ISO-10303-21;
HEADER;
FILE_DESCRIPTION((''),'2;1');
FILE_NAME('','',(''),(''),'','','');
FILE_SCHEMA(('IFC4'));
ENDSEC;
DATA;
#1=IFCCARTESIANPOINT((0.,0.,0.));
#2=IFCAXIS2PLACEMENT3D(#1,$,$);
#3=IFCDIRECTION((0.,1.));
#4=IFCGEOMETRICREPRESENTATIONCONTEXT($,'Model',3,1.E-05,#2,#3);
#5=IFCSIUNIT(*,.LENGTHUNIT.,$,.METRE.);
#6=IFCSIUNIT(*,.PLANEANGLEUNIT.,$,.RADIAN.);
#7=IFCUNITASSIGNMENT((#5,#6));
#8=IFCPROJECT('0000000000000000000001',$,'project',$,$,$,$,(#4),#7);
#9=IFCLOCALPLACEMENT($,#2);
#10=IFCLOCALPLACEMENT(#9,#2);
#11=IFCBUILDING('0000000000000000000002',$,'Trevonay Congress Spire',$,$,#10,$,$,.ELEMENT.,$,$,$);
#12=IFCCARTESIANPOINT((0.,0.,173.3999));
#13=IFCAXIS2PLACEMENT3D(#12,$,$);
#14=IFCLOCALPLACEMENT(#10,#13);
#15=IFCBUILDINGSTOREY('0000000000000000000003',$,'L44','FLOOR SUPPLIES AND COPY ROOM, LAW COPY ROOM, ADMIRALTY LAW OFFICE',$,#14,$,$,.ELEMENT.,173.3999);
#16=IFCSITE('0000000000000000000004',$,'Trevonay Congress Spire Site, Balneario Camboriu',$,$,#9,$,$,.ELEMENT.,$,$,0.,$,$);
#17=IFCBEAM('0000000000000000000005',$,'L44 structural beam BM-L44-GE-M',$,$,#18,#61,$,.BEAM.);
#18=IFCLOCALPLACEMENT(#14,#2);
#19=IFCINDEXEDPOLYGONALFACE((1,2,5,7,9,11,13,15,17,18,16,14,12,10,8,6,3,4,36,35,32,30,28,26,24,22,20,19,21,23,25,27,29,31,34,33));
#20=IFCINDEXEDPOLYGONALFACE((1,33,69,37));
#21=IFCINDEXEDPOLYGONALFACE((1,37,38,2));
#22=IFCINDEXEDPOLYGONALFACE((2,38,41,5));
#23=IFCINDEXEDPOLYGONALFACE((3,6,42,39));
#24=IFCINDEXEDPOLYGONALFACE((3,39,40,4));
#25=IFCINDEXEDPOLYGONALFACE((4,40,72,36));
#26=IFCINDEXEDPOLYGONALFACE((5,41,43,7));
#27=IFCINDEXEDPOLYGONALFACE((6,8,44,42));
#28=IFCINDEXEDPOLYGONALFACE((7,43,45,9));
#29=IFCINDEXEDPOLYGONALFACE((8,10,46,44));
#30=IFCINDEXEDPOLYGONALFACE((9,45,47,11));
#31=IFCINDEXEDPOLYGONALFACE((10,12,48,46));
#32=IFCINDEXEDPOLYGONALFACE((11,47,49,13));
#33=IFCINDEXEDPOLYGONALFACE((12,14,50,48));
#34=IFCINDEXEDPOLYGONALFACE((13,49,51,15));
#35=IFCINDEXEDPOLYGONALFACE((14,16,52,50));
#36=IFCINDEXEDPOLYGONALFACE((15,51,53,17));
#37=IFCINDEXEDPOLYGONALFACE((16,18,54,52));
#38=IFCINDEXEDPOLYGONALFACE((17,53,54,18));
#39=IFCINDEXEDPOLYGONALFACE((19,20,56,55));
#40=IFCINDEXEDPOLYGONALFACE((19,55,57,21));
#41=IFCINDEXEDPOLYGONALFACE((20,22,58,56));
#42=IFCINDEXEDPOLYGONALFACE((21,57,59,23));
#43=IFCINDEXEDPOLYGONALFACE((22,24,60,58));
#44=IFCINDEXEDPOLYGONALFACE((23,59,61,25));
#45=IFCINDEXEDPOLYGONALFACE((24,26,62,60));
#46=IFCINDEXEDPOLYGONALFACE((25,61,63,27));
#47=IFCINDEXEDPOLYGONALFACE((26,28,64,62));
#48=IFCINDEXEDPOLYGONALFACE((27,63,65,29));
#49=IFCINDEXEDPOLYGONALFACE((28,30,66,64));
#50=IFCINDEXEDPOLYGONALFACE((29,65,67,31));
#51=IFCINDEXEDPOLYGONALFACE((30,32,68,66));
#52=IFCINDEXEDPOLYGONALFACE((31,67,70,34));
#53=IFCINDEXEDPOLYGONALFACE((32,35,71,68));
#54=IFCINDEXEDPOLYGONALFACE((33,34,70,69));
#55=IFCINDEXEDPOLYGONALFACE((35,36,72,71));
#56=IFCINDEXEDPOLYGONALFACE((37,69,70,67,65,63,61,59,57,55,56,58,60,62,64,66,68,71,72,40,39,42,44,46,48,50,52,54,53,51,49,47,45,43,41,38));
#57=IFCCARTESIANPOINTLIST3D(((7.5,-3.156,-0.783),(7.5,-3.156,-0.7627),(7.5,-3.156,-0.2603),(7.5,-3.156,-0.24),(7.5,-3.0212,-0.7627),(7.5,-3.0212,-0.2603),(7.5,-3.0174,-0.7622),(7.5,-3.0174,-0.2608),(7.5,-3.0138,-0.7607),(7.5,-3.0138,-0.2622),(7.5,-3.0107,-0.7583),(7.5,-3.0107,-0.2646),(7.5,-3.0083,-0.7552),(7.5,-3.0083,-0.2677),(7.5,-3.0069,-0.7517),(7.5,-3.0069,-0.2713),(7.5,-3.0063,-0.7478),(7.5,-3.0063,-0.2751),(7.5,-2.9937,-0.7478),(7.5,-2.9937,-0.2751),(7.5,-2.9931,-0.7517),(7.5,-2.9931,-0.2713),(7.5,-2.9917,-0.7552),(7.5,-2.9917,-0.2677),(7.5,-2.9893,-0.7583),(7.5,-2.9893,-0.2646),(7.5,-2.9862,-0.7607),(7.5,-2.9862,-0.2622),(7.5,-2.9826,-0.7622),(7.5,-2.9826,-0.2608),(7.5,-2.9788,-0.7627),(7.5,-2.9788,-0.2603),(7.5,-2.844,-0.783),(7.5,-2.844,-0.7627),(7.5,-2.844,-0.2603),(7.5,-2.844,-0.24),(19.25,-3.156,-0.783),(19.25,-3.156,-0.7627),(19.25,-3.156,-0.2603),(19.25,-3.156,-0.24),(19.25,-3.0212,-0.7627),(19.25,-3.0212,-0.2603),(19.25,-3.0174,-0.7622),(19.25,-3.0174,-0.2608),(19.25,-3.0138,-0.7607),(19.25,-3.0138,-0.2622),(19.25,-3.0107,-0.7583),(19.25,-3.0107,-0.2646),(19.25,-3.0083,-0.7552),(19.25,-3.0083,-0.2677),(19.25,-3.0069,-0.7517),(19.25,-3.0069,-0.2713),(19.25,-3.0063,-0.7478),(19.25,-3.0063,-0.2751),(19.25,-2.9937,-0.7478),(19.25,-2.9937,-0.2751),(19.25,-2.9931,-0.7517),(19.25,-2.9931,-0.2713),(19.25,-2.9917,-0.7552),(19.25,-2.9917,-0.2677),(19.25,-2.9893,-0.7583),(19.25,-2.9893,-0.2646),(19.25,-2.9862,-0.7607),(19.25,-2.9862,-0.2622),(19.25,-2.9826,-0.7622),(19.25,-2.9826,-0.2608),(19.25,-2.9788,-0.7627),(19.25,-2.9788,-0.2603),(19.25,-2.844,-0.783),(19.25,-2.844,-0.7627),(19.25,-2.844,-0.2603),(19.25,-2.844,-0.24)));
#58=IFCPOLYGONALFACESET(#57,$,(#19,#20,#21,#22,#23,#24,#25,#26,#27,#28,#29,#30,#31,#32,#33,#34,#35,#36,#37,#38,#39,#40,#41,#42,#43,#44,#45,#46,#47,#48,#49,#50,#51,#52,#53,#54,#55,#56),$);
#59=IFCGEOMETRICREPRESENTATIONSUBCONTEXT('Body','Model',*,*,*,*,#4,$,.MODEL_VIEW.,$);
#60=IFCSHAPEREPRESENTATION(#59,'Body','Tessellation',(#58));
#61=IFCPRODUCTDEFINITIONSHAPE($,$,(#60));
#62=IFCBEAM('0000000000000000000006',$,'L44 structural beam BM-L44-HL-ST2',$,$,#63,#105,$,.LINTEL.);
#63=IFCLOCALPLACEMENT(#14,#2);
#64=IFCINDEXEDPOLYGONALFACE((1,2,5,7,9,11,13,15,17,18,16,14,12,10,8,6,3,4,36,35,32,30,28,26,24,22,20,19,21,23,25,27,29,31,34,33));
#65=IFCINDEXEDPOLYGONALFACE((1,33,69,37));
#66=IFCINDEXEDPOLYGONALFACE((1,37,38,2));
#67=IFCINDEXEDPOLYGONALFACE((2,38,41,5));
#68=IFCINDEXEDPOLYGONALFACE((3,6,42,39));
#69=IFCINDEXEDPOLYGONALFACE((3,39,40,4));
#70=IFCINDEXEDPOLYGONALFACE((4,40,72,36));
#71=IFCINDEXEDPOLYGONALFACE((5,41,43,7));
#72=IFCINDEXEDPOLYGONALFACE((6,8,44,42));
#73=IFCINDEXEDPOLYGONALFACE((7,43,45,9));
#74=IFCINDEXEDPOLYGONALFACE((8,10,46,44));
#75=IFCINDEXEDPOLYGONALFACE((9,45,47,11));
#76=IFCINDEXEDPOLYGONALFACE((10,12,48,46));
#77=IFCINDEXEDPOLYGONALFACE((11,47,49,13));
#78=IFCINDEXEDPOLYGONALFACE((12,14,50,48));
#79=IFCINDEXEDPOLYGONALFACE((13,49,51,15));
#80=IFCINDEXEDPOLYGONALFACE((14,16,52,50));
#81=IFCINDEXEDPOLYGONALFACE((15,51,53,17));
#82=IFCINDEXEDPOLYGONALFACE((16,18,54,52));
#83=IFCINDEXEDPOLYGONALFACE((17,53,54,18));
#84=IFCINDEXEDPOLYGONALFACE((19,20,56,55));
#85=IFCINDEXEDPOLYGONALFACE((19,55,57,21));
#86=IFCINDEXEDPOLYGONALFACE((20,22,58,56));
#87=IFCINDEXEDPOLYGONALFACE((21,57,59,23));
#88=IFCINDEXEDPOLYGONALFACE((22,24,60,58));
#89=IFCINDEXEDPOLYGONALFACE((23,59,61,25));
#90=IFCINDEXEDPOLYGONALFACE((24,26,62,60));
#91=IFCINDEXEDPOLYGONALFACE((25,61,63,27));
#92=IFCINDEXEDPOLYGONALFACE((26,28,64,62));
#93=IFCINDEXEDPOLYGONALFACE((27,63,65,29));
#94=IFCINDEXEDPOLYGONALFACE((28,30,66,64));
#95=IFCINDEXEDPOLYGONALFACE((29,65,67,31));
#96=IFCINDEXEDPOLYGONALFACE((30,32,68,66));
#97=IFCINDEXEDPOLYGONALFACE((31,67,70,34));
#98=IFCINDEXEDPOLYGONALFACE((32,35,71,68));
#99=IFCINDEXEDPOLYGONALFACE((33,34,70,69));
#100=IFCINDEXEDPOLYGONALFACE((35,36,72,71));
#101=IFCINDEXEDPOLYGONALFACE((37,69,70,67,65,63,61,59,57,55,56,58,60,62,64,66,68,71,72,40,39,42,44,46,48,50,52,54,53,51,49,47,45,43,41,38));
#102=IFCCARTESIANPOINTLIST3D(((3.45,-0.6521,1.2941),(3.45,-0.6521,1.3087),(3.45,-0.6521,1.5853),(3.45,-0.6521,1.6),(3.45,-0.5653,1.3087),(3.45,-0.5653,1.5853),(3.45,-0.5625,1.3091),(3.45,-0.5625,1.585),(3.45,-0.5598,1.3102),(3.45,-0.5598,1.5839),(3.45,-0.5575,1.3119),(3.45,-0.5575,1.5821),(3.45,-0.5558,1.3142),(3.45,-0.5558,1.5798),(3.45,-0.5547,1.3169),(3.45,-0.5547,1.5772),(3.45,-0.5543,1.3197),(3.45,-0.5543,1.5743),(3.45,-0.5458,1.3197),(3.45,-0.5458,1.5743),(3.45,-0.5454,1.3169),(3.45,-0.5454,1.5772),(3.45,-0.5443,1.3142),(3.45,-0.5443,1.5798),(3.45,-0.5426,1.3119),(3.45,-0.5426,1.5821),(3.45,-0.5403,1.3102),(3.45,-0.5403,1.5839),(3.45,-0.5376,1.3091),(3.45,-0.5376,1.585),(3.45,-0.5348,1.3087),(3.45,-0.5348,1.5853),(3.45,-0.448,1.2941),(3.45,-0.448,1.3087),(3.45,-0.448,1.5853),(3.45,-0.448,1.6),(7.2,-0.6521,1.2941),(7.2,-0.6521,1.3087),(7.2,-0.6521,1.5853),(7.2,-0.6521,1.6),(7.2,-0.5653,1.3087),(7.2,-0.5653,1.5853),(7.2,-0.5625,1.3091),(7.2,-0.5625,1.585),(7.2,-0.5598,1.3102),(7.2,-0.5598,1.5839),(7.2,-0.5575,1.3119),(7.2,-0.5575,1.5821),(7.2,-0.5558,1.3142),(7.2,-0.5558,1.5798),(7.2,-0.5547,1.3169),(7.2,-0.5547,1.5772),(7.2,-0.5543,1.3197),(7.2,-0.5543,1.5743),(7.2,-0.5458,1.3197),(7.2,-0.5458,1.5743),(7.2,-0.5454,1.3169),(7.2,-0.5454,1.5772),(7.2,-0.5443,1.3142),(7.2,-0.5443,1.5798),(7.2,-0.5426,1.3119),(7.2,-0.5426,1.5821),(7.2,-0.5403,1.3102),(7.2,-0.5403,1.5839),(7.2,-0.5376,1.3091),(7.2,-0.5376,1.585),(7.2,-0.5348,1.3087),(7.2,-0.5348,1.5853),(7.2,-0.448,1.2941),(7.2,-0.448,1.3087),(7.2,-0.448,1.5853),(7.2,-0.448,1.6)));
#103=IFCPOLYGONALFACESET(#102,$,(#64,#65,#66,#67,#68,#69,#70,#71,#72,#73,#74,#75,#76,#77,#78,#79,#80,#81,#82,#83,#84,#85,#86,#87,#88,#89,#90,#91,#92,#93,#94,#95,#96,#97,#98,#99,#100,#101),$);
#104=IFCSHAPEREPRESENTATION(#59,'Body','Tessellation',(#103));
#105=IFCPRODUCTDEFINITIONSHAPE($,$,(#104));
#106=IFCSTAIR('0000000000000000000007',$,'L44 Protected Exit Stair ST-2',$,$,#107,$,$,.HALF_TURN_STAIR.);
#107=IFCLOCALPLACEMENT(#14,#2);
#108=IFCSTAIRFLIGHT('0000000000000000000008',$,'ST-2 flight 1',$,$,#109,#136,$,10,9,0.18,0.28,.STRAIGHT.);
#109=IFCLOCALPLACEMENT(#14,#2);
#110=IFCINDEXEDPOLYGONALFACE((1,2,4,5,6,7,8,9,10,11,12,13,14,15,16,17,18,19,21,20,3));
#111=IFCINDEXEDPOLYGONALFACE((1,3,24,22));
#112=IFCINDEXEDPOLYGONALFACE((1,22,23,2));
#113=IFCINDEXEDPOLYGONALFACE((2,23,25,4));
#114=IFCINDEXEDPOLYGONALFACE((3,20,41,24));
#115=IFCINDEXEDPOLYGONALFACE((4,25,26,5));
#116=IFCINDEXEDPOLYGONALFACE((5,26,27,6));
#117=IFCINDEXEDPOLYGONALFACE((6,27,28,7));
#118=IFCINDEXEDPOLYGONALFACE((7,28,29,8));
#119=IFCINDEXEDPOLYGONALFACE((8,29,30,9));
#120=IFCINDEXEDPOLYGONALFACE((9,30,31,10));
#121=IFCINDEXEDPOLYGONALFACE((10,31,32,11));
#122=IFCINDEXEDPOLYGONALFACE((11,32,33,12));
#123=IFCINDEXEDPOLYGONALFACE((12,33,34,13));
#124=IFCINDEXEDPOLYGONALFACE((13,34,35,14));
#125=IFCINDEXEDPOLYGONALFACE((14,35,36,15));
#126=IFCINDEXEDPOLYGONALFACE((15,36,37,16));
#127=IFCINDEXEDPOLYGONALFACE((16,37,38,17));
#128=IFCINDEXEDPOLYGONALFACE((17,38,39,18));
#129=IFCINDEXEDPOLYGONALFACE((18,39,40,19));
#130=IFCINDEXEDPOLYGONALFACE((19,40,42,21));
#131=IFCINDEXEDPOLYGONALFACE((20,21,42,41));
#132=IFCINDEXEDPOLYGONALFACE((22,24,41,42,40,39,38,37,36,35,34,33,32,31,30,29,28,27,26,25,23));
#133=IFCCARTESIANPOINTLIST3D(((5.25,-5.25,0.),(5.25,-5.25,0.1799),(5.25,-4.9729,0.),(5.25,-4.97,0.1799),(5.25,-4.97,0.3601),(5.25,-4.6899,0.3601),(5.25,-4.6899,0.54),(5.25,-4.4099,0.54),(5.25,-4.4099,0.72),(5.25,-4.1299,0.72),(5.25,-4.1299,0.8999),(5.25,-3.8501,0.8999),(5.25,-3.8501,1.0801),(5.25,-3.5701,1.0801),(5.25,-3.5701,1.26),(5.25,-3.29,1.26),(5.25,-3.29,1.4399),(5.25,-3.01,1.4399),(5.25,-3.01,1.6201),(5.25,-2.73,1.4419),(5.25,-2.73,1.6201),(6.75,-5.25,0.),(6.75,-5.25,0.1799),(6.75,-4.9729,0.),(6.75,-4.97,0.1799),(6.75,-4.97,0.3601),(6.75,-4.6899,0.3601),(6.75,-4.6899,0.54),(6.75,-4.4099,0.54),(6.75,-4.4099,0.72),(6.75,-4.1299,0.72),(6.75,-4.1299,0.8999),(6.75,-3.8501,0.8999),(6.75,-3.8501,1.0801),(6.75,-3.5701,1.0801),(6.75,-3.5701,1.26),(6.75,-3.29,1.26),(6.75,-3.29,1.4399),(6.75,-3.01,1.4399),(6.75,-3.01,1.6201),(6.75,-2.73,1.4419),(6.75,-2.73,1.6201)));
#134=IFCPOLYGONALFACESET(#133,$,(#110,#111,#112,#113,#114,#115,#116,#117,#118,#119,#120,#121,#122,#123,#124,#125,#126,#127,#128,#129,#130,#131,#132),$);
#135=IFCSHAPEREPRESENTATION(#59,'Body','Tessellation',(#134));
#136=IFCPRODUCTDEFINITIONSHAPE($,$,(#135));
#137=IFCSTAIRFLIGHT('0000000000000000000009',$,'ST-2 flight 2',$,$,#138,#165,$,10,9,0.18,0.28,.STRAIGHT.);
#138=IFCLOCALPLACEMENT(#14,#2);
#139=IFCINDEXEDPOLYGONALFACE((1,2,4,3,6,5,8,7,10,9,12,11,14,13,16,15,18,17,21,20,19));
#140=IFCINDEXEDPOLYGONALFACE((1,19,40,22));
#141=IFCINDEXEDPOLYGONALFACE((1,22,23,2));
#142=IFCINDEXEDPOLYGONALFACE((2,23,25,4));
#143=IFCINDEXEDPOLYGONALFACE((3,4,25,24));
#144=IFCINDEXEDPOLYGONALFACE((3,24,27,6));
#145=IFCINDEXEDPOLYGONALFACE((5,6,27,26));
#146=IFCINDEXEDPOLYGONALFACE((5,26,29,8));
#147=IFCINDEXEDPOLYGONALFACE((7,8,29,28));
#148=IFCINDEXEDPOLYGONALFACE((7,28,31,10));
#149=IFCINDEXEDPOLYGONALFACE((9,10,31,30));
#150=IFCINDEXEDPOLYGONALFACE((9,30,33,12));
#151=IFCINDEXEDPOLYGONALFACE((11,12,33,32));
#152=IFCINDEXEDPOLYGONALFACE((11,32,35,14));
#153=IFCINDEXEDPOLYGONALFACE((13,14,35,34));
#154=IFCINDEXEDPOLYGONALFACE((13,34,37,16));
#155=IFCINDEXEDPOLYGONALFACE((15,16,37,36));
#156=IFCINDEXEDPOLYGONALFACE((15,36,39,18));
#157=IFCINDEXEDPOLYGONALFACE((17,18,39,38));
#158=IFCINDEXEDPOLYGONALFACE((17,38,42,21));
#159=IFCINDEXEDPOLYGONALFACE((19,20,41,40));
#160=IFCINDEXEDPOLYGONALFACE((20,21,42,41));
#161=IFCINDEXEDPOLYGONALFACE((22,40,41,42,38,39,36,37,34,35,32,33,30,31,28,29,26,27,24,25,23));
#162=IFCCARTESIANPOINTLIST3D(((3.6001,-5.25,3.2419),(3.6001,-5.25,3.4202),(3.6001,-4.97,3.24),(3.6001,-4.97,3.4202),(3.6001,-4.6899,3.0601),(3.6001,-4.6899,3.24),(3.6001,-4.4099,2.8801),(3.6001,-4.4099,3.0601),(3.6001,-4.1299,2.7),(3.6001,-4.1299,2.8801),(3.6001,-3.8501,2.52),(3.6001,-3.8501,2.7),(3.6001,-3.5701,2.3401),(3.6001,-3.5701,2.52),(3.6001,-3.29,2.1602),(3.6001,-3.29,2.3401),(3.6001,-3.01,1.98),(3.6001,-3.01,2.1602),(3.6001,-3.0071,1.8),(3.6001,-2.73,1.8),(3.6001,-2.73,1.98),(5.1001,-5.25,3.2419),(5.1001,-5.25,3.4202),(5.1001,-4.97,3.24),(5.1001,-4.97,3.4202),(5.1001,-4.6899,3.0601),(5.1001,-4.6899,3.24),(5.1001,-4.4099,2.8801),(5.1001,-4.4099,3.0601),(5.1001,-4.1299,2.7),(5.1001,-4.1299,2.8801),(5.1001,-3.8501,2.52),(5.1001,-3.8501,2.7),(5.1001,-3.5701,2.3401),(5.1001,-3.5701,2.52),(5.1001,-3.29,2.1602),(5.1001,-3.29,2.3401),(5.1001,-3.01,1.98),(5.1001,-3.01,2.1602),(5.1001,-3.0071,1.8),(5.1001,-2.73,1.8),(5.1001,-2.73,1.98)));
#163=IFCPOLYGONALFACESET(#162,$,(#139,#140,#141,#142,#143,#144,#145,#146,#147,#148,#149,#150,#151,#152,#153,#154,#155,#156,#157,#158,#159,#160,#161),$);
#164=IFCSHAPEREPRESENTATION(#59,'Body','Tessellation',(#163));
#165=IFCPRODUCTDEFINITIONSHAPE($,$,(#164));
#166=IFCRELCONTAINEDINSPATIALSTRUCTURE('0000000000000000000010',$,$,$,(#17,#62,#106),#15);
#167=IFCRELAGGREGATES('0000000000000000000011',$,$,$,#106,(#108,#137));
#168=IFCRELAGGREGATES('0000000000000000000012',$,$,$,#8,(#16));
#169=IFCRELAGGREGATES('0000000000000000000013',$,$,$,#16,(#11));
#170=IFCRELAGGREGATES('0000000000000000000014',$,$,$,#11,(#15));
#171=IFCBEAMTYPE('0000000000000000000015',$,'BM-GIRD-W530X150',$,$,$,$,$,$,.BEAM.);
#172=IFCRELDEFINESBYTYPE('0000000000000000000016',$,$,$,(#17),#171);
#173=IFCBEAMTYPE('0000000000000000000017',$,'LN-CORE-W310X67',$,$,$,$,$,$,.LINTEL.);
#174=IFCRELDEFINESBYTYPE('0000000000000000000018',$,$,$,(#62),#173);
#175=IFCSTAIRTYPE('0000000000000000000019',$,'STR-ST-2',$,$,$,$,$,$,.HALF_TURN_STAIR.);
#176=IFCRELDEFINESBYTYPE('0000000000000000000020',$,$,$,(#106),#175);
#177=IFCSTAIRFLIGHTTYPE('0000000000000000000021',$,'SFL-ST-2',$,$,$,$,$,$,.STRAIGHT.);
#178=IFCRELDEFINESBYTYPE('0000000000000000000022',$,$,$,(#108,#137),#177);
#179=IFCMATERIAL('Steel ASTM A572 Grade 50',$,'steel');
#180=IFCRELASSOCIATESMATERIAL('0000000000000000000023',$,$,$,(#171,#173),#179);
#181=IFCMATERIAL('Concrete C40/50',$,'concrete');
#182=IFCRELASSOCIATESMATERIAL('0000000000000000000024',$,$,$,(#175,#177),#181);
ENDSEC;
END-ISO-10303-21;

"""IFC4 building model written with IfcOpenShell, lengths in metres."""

from ifc_helpers import new_model, si_unit, direction, frame, origin, origin_2d, place, context, subcontext, project, spatial, polyline, i_section, outline, extrude, material, material_profile, profile_set, type_object, element, aggregate, save


model = new_model("IFC4")

# Units and contexts
model_context = context("Model", 3, precision=1e-05, world=origin(), true_north=direction((0.0, 1.0)))
body_context = subcontext(model_context, "Body", "Model", "MODEL_VIEW")
ifc_project = project(units=[si_unit("LENGTHUNIT", "METRE"), si_unit("PLANEANGLEUNIT", "RADIAN")], contexts=[model_context])

# Site, building, storey
site_placement = place(None, origin())
site = spatial("IfcSite", under=ifc_project, at=site_placement, Name="Trevonay Congress Spire Site, Balneario Camboriu", CompositionType="ELEMENT", RefElevation=0.0)
building_placement = place(site_placement, origin())
building = spatial("IfcBuilding", under=site, at=building_placement, Name="Trevonay Congress Spire", CompositionType="ELEMENT")
storey_placement = place(building_placement, frame((0.0, 0.0, 173.3999)))
storey = spatial("IfcBuildingStorey", under=building, at=storey_placement, Name="L44", Description="FLOOR SUPPLIES AND COPY ROOM, LAW COPY ROOM, ADMIRALTY LAW OFFICE", CompositionType="ELEMENT", Elevation=173.3999)

# Beams
ifc_material_1 = material(Name="Steel ASTM A572 Grade 50", Category="steel")
ifc_material_profile_1 = material_profile(ifc_material_1, i_section(OverallWidth=0.312, OverallDepth=0.543, WebThickness=0.0127, FlangeThickness=0.0203, FilletRadius=0.0149, at=origin_2d()), Name="W530x150")
ifc_profile_set_1 = profile_set([ifc_material_profile_1], Name="Steel ASTM A572 Grade 50")
beam_type_1 = type_object("IfcBeamType", Name="BM-GIRD-W530X150", PredefinedType="BEAM", material=ifc_profile_set_1)
beam_1_placement = place(storey_placement, frame((7.5, -3.0, -0.5115), z_axis=(1.0, 0.0, 0.0), x_axis=(0.0, 1.0, 0.0)))
element("IfcBeam", 1, at=beam_1_placement, inside=storey, type_object=beam_type_1, Name="L44 structural beam BM-L44-GE-M", PredefinedType="BEAM", context=body_context, shape_type="SweptSolid", body=[
    extrude(i_section(OverallWidth=0.312, OverallDepth=0.543, WebThickness=0.0127, FlangeThickness=0.0203, FilletRadius=0.0149, at=origin_2d()), origin(), (0.0, 0.0, 1.0), 11.75),
])
ifc_material_profile_2 = material_profile(ifc_material_1, i_section(OverallWidth=0.2041, OverallDepth=0.3059, WebThickness=0.0085, FlangeThickness=0.0146, FilletRadius=0.011, at=origin_2d()), Name="W310x67")
ifc_profile_set_2 = profile_set([ifc_material_profile_2], Name="Steel ASTM A572 Grade 50")
beam_type_2 = type_object("IfcBeamType", Name="LN-CORE-W310X67", PredefinedType="LINTEL", material=ifc_profile_set_2)
beam_2_placement = place(storey_placement, frame((3.45, -0.55, 1.447), z_axis=(1.0, 0.0, 0.0), x_axis=(0.0, 1.0, 0.0)))
element("IfcBeam", 2, at=beam_2_placement, inside=storey, type_object=beam_type_2, Name="L44 structural beam BM-L44-HL-ST2", PredefinedType="LINTEL", context=body_context, shape_type="SweptSolid", body=[
    extrude(i_section(OverallWidth=0.2041, OverallDepth=0.3059, WebThickness=0.0085, FlangeThickness=0.0146, FilletRadius=0.011, at=origin_2d()), origin(), (0.0, 0.0, 1.0), 3.75),
])

# Stair, stair flights
ifc_material_2 = material(Name="Concrete C40/50", Category="concrete")
stair_type = type_object("IfcStairType", Name="STR-ST-2", PredefinedType="HALF_TURN_STAIR", material=ifc_material_2)
stair_placement = place(storey_placement, origin())
stair = element("IfcStair", 3, at=stair_placement, inside=storey, type_object=stair_type, Name="L44 Protected Exit Stair ST-2", PredefinedType="HALF_TURN_STAIR")
stair_flight_type = type_object("IfcStairFlightType", Name="SFL-ST-2", PredefinedType="STRAIGHT", material=ifc_material_2)
stair_flight_1_placement = place(storey_placement, frame((6.0, -5.25, 0.0), z_axis=(0.0, 0.0, 1.0), x_axis=(0.0, 1.0, 0.0)))
stair_flight_1 = element("IfcStairFlight", 4, at=stair_flight_1_placement, type_object=stair_flight_type, Name="ST-2 flight 1", NumberOfRisers=10, NumberOfTreads=9, PredefinedType="STRAIGHT", RiserHeight=0.18, TreadLength=0.28, context=body_context, shape_type="SweptSolid", body=[
    extrude(outline(polyline([(0.0, 0.0), (0.0, 0.1799), (0.28, 0.1799), (0.28, 0.3601), (0.5601, 0.3601), (0.5601, 0.54), (0.8401, 0.54), (0.8401, 0.72), (1.1201, 0.72), (1.1201, 0.8999), (1.3999, 0.8999), (1.3999, 1.0801), (1.6799, 1.0801), (1.6799, 1.26), (1.96, 1.26), (1.96, 1.4399), (2.24, 1.4399), (2.24, 1.6201), (2.52, 1.6201), (2.52, 1.8), (2.52, 1.4419), (0.2771, 0.0), (0.0, 0.0)])), frame((0.0, 0.75, 0.0), z_axis=(0.0, -1.0, 0.0), x_axis=(1.0, 0.0, 0.0)), (0.0, 0.0, 1.0), 1.5),
])
stair_flight_2_placement = place(storey_placement, frame((4.3501, -2.73, 1.8), z_axis=(0.0, 0.0, 1.0), x_axis=(0.0, -1.0, 0.0)))
stair_flight_2 = element("IfcStairFlight", 5, at=stair_flight_2_placement, type_object=stair_flight_type, Name="ST-2 flight 2", NumberOfRisers=10, NumberOfTreads=9, PredefinedType="STRAIGHT", RiserHeight=0.18, TreadLength=0.28, context=body_context, shape_type="SweptSolid", body=[
    extrude(outline(polyline([(0.0, 0.0), (0.0, 0.1799), (0.28, 0.1799), (0.28, 0.3601), (0.5601, 0.3601), (0.5601, 0.54), (0.8401, 0.54), (0.8401, 0.72), (1.1201, 0.72), (1.1201, 0.8999), (1.3999, 0.8999), (1.3999, 1.0801), (1.6799, 1.0801), (1.6799, 1.26), (1.96, 1.26), (1.96, 1.4399), (2.24, 1.4399), (2.24, 1.6201), (2.52, 1.6201), (2.52, 1.8), (2.52, 1.4419), (0.2771, 0.0), (0.0, 0.0)])), frame((0.0, 0.75, 0.0), z_axis=(0.0, -1.0, 0.0), x_axis=(1.0, 0.0, 0.0)), (0.0, 0.0, 1.0), 1.5),
])
aggregate(stair, [stair_flight_1, stair_flight_2])

save(model, "model.ifc")
